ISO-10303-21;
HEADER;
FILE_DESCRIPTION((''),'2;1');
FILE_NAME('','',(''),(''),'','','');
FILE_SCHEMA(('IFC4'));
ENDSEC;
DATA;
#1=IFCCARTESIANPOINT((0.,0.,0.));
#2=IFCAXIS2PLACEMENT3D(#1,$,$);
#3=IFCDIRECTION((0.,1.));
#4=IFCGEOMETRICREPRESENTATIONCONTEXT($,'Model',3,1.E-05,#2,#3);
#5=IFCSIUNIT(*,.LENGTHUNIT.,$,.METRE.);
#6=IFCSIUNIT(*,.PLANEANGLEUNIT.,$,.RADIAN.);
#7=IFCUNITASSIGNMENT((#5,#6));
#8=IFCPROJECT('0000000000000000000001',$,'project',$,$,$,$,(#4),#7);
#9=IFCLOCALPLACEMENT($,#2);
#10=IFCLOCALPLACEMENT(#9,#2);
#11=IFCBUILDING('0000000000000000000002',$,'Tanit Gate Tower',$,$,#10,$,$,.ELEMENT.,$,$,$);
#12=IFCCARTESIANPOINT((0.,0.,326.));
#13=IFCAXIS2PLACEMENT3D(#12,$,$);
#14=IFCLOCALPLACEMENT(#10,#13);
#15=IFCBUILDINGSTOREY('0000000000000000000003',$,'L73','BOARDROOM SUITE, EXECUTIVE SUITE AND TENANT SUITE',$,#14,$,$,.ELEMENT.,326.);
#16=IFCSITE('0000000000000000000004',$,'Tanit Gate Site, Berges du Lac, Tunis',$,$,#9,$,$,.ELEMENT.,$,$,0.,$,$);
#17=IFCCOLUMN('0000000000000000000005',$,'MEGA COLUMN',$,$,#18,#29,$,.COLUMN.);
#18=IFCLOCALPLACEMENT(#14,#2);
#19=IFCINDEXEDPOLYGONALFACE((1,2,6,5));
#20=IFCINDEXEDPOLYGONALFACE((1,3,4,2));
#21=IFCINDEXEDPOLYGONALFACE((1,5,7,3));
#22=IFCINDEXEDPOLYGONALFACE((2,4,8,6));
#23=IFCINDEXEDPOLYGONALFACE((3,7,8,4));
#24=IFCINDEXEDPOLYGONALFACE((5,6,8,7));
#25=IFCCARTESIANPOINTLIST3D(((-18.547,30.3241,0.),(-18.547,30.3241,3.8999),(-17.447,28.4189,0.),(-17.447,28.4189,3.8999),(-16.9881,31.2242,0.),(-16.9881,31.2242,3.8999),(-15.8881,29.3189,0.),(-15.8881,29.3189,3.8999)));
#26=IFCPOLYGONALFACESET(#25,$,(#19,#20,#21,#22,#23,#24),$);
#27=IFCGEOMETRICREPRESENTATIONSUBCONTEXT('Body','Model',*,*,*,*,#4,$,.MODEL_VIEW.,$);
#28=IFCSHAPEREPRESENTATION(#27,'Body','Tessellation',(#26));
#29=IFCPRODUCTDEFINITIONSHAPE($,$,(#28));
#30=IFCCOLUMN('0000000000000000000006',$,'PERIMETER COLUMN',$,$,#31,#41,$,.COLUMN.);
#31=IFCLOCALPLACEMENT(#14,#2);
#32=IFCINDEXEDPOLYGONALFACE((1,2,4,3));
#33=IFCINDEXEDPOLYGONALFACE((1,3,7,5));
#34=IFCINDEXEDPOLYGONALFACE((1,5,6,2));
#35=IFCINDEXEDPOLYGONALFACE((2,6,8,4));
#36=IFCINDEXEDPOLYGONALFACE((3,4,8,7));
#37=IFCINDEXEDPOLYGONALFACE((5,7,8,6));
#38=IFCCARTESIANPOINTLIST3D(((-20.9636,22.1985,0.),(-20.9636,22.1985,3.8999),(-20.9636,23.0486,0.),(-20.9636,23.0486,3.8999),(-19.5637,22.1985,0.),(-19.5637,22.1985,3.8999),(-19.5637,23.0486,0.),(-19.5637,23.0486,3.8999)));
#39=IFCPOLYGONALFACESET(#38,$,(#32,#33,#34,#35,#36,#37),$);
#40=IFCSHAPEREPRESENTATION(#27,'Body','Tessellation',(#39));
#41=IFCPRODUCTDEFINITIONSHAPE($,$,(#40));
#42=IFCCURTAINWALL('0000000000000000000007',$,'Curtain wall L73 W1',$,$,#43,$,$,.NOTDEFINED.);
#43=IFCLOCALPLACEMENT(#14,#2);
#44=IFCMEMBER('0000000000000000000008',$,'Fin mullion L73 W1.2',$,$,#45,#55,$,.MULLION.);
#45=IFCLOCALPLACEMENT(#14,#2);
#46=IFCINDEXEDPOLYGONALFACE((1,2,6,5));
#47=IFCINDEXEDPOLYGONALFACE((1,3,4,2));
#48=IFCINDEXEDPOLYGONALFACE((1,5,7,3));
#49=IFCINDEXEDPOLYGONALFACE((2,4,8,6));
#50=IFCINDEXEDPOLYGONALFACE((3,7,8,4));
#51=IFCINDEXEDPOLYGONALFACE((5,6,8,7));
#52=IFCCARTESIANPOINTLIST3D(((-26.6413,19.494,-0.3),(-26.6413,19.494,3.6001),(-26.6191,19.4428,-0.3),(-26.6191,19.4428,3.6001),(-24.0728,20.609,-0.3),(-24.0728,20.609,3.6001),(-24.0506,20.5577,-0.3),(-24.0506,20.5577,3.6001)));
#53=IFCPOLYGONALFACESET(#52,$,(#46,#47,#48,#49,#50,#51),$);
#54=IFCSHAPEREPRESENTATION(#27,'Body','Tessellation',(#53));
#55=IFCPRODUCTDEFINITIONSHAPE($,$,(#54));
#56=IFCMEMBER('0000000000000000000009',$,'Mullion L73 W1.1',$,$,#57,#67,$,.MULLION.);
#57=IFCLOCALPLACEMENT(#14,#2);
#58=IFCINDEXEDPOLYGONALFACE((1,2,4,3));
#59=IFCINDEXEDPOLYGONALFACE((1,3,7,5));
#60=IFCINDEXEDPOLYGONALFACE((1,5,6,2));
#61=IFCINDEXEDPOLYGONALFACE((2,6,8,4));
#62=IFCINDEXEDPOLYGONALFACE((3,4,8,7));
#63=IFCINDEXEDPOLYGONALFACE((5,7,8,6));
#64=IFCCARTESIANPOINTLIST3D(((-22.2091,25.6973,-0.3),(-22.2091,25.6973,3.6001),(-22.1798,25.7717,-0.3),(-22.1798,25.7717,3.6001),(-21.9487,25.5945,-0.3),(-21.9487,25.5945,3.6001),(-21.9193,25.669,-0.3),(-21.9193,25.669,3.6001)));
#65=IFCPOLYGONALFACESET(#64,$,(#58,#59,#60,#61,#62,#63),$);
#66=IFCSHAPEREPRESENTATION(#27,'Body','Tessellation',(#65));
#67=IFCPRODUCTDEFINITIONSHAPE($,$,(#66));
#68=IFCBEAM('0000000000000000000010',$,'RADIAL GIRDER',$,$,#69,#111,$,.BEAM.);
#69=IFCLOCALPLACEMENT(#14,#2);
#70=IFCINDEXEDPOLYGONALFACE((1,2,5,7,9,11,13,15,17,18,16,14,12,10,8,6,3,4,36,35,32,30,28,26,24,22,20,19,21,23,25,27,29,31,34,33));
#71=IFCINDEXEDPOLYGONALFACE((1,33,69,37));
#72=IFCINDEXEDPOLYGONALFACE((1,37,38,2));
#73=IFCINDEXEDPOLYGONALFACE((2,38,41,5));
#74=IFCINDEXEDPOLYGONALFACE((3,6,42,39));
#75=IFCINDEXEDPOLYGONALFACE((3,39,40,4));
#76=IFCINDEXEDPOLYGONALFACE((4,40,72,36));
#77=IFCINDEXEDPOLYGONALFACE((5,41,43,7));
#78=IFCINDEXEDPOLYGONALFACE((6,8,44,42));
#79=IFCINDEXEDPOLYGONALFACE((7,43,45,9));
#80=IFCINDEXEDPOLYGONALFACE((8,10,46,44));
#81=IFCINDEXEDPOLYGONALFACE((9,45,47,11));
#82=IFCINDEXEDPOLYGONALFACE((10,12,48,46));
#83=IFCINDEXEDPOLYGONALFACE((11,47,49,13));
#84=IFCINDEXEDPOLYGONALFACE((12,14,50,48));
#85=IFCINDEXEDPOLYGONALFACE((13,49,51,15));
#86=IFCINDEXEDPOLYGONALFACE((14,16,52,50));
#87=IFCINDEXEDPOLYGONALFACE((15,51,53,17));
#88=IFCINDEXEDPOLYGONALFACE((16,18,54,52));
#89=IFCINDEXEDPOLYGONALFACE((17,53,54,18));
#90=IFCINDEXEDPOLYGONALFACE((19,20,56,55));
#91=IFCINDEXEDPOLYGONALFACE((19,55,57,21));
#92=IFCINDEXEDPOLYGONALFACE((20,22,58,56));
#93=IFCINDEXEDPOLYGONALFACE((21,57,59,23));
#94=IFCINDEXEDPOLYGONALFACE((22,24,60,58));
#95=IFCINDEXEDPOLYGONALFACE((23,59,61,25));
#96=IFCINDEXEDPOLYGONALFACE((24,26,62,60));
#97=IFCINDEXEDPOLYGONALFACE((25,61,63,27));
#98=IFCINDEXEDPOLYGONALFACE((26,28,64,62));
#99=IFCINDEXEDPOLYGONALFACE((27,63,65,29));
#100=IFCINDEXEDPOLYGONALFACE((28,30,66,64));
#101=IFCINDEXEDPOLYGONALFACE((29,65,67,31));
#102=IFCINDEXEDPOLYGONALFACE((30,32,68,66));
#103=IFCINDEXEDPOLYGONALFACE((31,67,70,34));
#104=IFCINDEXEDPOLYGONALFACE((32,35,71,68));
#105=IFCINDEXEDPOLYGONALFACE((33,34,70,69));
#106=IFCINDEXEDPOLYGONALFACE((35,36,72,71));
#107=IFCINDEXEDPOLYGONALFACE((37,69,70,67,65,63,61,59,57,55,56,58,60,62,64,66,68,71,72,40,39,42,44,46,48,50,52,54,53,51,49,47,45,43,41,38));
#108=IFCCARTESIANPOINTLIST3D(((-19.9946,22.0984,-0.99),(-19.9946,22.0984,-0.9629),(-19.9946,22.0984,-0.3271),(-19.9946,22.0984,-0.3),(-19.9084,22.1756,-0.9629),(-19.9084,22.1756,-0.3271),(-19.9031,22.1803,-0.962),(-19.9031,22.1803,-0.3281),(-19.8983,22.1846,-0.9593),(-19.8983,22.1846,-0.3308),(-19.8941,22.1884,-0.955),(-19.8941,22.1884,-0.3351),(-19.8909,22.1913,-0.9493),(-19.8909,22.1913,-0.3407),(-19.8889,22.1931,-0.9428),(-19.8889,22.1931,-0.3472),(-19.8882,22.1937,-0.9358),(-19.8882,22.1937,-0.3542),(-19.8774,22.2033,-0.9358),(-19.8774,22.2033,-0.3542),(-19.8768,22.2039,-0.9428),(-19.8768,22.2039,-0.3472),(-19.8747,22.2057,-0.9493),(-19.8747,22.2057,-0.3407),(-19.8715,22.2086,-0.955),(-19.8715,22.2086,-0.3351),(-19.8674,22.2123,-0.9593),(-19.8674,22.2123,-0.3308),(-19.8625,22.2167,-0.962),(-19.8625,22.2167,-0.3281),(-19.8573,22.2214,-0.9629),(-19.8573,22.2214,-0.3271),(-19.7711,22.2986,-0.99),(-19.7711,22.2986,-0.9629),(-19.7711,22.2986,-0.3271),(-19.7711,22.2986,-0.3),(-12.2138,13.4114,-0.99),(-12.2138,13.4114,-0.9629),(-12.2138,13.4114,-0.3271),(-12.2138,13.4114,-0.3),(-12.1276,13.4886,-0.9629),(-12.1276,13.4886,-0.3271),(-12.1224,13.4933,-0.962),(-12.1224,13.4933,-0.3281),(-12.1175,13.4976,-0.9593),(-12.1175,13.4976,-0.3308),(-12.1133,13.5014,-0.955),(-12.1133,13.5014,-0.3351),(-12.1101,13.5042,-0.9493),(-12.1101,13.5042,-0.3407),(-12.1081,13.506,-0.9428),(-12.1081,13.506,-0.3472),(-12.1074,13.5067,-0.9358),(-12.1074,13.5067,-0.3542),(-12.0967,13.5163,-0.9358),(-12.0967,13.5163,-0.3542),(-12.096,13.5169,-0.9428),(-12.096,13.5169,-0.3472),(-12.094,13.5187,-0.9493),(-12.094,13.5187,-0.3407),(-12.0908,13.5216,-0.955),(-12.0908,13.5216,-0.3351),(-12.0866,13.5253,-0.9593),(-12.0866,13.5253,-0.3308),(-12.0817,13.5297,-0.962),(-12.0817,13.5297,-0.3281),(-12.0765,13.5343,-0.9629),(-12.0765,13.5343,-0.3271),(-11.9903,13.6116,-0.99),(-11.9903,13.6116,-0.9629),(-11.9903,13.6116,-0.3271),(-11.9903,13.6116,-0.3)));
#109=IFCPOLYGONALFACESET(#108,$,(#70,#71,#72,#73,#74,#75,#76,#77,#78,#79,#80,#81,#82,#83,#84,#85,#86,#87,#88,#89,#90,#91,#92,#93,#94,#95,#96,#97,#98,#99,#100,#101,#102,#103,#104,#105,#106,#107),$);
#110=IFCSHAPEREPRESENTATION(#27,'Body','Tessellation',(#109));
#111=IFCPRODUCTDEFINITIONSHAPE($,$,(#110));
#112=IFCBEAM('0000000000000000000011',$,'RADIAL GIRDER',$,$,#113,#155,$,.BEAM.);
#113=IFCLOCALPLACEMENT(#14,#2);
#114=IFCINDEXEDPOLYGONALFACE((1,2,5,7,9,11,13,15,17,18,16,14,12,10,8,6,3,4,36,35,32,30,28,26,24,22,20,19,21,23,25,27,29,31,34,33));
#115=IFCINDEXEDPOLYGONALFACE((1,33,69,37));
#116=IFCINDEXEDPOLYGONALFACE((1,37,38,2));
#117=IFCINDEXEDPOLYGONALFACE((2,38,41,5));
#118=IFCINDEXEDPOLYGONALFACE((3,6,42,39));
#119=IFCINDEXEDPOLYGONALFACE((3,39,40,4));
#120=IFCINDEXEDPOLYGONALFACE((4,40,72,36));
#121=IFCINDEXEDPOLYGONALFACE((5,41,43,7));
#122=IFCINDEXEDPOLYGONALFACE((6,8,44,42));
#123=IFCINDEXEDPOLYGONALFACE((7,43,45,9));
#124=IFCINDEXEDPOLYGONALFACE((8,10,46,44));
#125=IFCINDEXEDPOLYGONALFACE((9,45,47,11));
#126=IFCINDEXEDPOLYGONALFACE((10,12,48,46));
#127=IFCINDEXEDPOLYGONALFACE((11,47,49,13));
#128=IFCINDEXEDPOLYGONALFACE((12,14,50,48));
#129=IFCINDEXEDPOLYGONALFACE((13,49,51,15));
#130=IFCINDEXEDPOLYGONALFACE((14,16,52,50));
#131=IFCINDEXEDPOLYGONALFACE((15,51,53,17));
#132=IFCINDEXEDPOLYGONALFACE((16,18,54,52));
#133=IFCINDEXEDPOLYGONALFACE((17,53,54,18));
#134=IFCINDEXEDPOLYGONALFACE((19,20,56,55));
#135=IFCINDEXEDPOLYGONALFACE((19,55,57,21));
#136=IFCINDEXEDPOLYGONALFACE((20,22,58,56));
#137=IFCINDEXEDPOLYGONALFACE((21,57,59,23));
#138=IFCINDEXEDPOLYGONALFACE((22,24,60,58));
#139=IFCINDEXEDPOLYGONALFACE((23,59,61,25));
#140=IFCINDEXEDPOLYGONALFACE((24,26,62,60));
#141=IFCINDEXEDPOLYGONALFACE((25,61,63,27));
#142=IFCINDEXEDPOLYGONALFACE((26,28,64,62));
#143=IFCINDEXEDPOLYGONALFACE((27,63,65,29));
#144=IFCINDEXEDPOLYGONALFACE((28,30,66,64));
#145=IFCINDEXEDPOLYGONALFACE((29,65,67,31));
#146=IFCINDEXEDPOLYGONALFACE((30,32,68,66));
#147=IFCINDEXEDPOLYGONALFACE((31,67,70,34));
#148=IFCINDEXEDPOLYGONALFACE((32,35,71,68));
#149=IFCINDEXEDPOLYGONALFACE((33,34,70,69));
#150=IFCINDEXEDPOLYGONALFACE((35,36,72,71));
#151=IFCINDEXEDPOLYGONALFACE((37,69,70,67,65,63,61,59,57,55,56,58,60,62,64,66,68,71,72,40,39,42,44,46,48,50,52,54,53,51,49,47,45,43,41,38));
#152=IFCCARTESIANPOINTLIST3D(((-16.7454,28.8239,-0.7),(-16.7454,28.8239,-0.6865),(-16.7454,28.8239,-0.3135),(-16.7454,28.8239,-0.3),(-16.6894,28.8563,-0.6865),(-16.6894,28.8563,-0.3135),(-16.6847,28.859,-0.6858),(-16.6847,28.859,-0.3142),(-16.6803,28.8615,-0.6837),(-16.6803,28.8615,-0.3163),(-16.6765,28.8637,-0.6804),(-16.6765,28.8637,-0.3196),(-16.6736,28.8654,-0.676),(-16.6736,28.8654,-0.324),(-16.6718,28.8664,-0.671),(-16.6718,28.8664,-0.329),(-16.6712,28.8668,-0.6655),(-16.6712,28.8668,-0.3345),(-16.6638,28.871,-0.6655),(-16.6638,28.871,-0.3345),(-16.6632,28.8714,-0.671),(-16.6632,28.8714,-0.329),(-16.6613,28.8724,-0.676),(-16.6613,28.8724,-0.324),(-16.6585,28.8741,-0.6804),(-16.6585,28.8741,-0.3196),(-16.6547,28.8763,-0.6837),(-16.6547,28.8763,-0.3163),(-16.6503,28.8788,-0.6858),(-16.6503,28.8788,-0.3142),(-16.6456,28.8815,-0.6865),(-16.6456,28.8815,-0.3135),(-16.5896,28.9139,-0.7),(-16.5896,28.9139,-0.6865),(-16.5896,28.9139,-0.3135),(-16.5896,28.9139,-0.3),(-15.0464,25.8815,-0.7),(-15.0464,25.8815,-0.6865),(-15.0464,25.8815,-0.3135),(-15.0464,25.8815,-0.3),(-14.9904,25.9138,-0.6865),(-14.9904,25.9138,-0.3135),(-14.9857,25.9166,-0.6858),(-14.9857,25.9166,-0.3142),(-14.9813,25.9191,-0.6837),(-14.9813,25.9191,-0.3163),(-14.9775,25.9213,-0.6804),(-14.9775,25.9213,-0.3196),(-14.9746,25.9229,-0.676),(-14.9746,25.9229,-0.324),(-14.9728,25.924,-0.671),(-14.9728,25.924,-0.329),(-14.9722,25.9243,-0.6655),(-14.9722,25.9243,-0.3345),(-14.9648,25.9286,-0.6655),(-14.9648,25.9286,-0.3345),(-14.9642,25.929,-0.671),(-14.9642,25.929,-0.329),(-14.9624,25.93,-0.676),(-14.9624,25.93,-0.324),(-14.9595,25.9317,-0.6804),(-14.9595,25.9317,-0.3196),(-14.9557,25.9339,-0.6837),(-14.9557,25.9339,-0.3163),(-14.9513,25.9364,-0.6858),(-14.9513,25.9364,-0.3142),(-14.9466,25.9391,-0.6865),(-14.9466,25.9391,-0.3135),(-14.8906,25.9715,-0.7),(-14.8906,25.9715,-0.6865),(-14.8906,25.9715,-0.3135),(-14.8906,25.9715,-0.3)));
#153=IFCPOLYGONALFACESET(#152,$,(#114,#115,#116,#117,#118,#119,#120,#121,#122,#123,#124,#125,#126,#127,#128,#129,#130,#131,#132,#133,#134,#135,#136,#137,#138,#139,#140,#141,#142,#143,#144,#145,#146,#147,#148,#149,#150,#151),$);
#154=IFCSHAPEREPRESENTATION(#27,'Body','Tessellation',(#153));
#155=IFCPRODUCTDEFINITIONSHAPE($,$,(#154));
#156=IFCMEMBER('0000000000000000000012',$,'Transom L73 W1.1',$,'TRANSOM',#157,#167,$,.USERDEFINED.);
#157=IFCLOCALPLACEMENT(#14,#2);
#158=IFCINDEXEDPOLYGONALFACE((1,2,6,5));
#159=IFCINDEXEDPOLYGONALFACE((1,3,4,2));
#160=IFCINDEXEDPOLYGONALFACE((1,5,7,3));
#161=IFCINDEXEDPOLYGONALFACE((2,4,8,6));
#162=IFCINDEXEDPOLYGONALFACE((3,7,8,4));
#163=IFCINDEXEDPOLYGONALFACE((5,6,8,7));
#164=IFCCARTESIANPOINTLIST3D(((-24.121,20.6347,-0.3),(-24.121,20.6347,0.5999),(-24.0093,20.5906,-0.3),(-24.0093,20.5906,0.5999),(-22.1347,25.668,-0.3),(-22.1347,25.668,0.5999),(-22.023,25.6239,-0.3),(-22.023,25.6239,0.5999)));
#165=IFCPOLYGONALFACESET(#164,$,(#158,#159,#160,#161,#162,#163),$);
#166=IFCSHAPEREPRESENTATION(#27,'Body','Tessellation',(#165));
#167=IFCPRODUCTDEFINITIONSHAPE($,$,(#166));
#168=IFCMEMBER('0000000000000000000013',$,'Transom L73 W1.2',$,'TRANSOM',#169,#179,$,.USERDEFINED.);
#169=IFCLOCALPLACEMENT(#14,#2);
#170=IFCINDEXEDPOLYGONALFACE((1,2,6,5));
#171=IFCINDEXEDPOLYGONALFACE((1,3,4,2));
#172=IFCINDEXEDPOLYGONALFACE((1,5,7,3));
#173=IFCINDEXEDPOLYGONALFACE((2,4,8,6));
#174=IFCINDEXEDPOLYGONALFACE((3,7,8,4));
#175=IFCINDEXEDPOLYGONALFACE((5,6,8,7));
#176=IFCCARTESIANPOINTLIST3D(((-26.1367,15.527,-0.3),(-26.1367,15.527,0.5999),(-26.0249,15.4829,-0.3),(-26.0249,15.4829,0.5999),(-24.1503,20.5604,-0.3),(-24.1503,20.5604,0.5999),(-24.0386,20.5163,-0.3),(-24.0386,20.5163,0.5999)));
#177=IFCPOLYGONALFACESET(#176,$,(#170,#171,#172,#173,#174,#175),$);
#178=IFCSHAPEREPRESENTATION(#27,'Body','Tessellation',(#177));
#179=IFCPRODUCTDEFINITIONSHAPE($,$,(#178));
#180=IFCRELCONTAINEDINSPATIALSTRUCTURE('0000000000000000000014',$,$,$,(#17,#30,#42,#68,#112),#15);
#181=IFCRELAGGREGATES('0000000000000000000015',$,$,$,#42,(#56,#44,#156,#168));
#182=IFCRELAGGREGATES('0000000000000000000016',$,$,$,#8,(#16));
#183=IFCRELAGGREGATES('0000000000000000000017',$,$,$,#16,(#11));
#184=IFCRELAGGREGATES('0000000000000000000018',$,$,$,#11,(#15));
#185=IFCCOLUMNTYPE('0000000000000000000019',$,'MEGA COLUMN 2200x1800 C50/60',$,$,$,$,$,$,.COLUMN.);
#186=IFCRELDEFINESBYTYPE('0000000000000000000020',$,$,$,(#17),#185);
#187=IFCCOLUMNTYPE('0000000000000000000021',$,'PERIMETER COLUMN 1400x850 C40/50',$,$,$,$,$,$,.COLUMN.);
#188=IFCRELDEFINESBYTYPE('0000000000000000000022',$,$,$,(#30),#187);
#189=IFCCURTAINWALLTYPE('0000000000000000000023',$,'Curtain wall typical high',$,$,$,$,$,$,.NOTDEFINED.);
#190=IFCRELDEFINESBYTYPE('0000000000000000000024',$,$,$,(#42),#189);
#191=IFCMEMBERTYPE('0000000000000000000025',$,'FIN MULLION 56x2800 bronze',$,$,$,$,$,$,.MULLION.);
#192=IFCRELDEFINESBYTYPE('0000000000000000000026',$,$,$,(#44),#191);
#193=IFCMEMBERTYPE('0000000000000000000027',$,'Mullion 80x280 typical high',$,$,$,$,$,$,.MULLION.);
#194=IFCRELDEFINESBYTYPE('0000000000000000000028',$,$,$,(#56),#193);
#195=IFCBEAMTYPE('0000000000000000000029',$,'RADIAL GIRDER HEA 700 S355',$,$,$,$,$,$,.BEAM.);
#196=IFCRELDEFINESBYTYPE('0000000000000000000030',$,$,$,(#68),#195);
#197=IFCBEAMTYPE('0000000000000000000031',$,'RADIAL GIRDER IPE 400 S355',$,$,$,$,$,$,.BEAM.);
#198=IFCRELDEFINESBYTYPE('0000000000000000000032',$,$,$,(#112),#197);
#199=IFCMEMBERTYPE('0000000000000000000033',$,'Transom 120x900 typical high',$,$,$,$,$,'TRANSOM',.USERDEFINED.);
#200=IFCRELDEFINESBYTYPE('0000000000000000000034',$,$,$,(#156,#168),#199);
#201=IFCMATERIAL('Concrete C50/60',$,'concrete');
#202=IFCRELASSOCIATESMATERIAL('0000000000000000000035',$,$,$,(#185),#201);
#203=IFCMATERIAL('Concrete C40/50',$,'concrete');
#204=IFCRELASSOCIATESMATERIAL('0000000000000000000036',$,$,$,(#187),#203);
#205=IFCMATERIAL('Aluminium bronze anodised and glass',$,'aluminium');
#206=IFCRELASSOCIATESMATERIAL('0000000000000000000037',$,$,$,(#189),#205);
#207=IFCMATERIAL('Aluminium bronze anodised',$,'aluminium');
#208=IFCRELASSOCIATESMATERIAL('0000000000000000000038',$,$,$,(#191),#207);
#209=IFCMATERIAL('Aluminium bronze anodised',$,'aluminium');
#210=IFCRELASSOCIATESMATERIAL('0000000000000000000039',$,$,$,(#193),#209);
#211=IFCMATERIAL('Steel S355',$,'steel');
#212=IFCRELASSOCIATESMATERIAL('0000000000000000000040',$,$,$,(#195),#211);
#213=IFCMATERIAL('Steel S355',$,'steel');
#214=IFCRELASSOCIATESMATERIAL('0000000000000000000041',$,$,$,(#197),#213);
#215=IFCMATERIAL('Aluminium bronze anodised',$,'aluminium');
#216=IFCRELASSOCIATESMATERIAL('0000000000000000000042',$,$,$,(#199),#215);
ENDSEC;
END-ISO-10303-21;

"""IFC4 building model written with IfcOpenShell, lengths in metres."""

from ifc_helpers import new_model, si_unit, direction, frame, origin, origin_2d, place, context, subcontext, project, spatial, rectangle, i_section, extrude, material, material_profile, profile_set, type_object, element, aggregate, save


model = new_model("IFC4")

# Units and contexts
model_context = context("Model", 3, precision=1e-05, world=origin(), true_north=direction((0.0, 1.0)))
body_context = subcontext(model_context, "Body", "Model", "MODEL_VIEW")
ifc_project = project(units=[si_unit("LENGTHUNIT", "METRE"), si_unit("PLANEANGLEUNIT", "RADIAN")], contexts=[model_context])

# Site, building, storey
site_placement = place(None, origin())
site = spatial("IfcSite", under=ifc_project, at=site_placement, Name="Tanit Gate Site, Berges du Lac, Tunis", CompositionType="ELEMENT", RefElevation=0.0)
building_placement = place(site_placement, origin())
building = spatial("IfcBuilding", under=site, at=building_placement, Name="Tanit Gate Tower", CompositionType="ELEMENT")
storey_placement = place(building_placement, frame((0.0, 0.0, 326.0)))
storey = spatial("IfcBuildingStorey", under=building, at=storey_placement, Name="L73", Description="BOARDROOM SUITE, EXECUTIVE SUITE AND TENANT SUITE", CompositionType="ELEMENT", Elevation=326.0)

# Columns
ifc_material_1 = material(Name="Concrete C50/60", Category="concrete")
ifc_material_profile_1 = material_profile(ifc_material_1, rectangle(XDim=2.2, YDim=1.8, at=origin_2d()), Name="RC 2200x1800")
ifc_profile_set_1 = profile_set([ifc_material_profile_1], Name="Concrete C50/60")
column_type_1 = type_object("IfcColumnType", Name="MEGA COLUMN 2200x1800 C50/60", PredefinedType="COLUMN", material=ifc_profile_set_1)
column_1_placement = place(storey_placement, frame((-17.2175, 29.8215, 0.0), z_axis=(0.0, 0.0, 1.0), x_axis=(-0.5, 0.866025, 0.0)))
element("IfcColumn", 1, at=column_1_placement, inside=storey, type_object=column_type_1, Name="MEGA COLUMN", PredefinedType="COLUMN", context=body_context, shape_type="SweptSolid", body=[
    extrude(rectangle(XDim=2.2, YDim=1.8, at=origin_2d()), origin(), (0.0, 0.0, 1.0), 3.8999),
])
ifc_material_2 = material(Name="Concrete C40/50", Category="concrete")
ifc_material_profile_2 = material_profile(ifc_material_2, rectangle(XDim=1.3999, YDim=0.8501, at=origin_2d()), Name="RC 1400x850")
ifc_profile_set_2 = profile_set([ifc_material_profile_2], Name="Concrete C40/50")
column_type_2 = type_object("IfcColumnType", Name="PERIMETER COLUMN 1400x850 C40/50", PredefinedType="COLUMN", material=ifc_profile_set_2)
column_2_placement = place(storey_placement, frame((-20.2637, 22.6235, 0.0), z_axis=(0.0, 0.0, 1.0), x_axis=(-1.0, 0.0, 0.0)))
element("IfcColumn", 2, at=column_2_placement, inside=storey, type_object=column_type_2, Name="PERIMETER COLUMN", PredefinedType="COLUMN", context=body_context, shape_type="SweptSolid", body=[
    extrude(rectangle(XDim=1.3999, YDim=0.8501, at=origin_2d()), origin(), (0.0, 0.0, 1.0), 3.8999),
])

# Curtain wall, members
ifc_material_3 = material(Name="Aluminium bronze anodised and glass", Category="aluminium")
curtain_wall_type = type_object("IfcCurtainWallType", Name="Curtain wall typical high", PredefinedType="NOTDEFINED", material=ifc_material_3)
curtain_wall_placement = place(storey_placement, origin())
curtain_wall = element("IfcCurtainWall", 3, at=curtain_wall_placement, inside=storey, type_object=curtain_wall_type, Name="Curtain wall L73 W1", PredefinedType="NOTDEFINED")
ifc_material_4 = material(Name="Aluminium bronze anodised", Category="aluminium")
ifc_material_profile_3 = material_profile(ifc_material_4, rectangle(XDim=2.8, YDim=0.0559, at=origin_2d()), Name="56x2800 bronze fin mullion")
ifc_profile_set_3 = profile_set([ifc_material_profile_3], Name="Aluminium bronze anodised")
member_type_1 = type_object("IfcMemberType", Name="FIN MULLION 56x2800 bronze", PredefinedType="MULLION", material=ifc_profile_set_3)
member_1_placement = place(storey_placement, frame((-25.3459, 20.0259, -0.3), z_axis=(0.0, 0.0, 1.0), x_axis=(0.917304, 0.398188, 0.0)))
member_1 = element("IfcMember", 4, at=member_1_placement, type_object=member_type_1, Name="Fin mullion L73 W1.2", PredefinedType="MULLION", context=body_context, shape_type="SweptSolid", body=[
    extrude(rectangle(XDim=2.8, YDim=0.0559, at=origin_2d()), origin(), (0.0, 0.0, 1.0), 3.9001),
])
ifc_material_5 = material(Name="Aluminium bronze anodised", Category="aluminium")
ifc_material_profile_4 = material_profile(ifc_material_5, rectangle(XDim=0.28, YDim=0.0801, at=origin_2d()), Name="80x280 bronze mullion")
ifc_profile_set_4 = profile_set([ifc_material_profile_4], Name="Aluminium bronze anodised")
member_type_2 = type_object("IfcMemberType", Name="Mullion 80x280 typical high", PredefinedType="MULLION", material=ifc_profile_set_4)
member_2_placement = place(storey_placement, frame((-22.0642, 25.6831, -0.3), z_axis=(0.0, 0.0, 1.0), x_axis=(0.930193, -0.36707, 0.0)))
member_2 = element("IfcMember", 5, at=member_2_placement, type_object=member_type_2, Name="Mullion L73 W1.1", PredefinedType="MULLION", context=body_context, shape_type="SweptSolid", body=[
    extrude(rectangle(XDim=0.28, YDim=0.0801, at=origin_2d()), origin(), (0.0, 0.0, 1.0), 3.9001),
])

# Beams
ifc_material_6 = material(Name="Steel S355", Category="steel")
ifc_material_profile_5 = material_profile(ifc_material_6, i_section(OverallWidth=0.3, OverallDepth=0.6899, WebThickness=0.0144, FlangeThickness=0.0271, FilletRadius=0.0271, at=origin_2d()), Name="HEA 700")
ifc_profile_set_5 = profile_set([ifc_material_profile_5], Name="Steel S355")
beam_type_1 = type_object("IfcBeamType", Name="RADIAL GIRDER HEA 700 S355", PredefinedType="BEAM", material=ifc_profile_set_5)
beam_1_placement = place(storey_placement, frame((-19.8828, 22.1985, -0.645), z_axis=(0.667184, -0.744893, 0.0), x_axis=(0.744893, 0.667184, 0.0)))
element("IfcBeam", 6, at=beam_1_placement, inside=storey, type_object=beam_type_1, Name="RADIAL GIRDER", PredefinedType="BEAM", context=body_context, shape_type="SweptSolid", body=[
    extrude(i_section(OverallWidth=0.3, OverallDepth=0.6899, WebThickness=0.0144, FlangeThickness=0.0271, FilletRadius=0.0271, at=origin_2d()), origin(), (0.0, 0.0, 1.0), 11.6621),
])
ifc_material_7 = material(Name="Steel S355", Category="steel")
ifc_material_profile_6 = material_profile(ifc_material_7, i_section(OverallWidth=0.1799, OverallDepth=0.3999, WebThickness=0.0085, FlangeThickness=0.0134, FilletRadius=0.021, at=origin_2d()), Name="IPE 400")
ifc_profile_set_6 = profile_set([ifc_material_profile_6], Name="Steel S355")
beam_type_2 = type_object("IfcBeamType", Name="RADIAL GIRDER IPE 400 S355", PredefinedType="BEAM", material=ifc_profile_set_6)
beam_2_placement = place(storey_placement, frame((-16.6675, 28.8689, -0.5), z_axis=(0.500042, -0.866001, 0.0), x_axis=(0.866001, 0.500042, 0.0)))
element("IfcBeam", 7, at=beam_2_placement, inside=storey, type_object=beam_type_2, Name="RADIAL GIRDER", PredefinedType="BEAM", context=body_context, shape_type="SweptSolid", body=[
    extrude(i_section(OverallWidth=0.1799, OverallDepth=0.3999, WebThickness=0.0085, FlangeThickness=0.0134, FilletRadius=0.021, at=origin_2d()), origin(), (0.0, 0.0, 1.0), 3.3977),
])

# Members
ifc_material_8 = material(Name="Aluminium bronze anodised", Category="aluminium")
ifc_material_profile_7 = material_profile(ifc_material_8, rectangle(XDim=0.1201, YDim=0.8999, at=origin_2d()), Name="120x900 bronze transom")
ifc_profile_set_7 = profile_set([ifc_material_profile_7], Name="Aluminium bronze anodised")
member_type_3 = type_object("IfcMemberType", Name="Transom 120x900 typical high", ElementType="TRANSOM", PredefinedType="USERDEFINED", material=ifc_profile_set_7)
member_3_placement = place(storey_placement, frame((-22.0789, 25.646, 0.1499), z_axis=(-0.367077, -0.93019, 0.0), x_axis=(0.93019, -0.367077, 0.0)))
member_3 = element("IfcMember", 8, at=member_3_placement, type_object=member_type_3, Name="Transom L73 W1.1", ObjectType="TRANSOM", PredefinedType="USERDEFINED", context=body_context, shape_type="SweptSolid", body=[
    extrude(rectangle(XDim=0.1201, YDim=0.8999, at=origin_2d()), origin(), (0.0, 0.0, 1.0), 5.4111),
])
member_4_placement = place(storey_placement, frame((-24.0945, 20.5383, 0.1499), z_axis=(-0.367077, -0.93019, 0.0), x_axis=(0.93019, -0.367077, 0.0)))
member_4 = element("IfcMember", 9, at=member_4_placement, type_object=member_type_3, Name="Transom L73 W1.2", ObjectType="TRANSOM", PredefinedType="USERDEFINED", context=body_context, shape_type="SweptSolid", body=[
    extrude(rectangle(XDim=0.1201, YDim=0.8999, at=origin_2d()), origin(), (0.0, 0.0, 1.0), 5.4111),
])

aggregate(curtain_wall, [member_2, member_1, member_3, member_4])

save(model, "model.ifc")
